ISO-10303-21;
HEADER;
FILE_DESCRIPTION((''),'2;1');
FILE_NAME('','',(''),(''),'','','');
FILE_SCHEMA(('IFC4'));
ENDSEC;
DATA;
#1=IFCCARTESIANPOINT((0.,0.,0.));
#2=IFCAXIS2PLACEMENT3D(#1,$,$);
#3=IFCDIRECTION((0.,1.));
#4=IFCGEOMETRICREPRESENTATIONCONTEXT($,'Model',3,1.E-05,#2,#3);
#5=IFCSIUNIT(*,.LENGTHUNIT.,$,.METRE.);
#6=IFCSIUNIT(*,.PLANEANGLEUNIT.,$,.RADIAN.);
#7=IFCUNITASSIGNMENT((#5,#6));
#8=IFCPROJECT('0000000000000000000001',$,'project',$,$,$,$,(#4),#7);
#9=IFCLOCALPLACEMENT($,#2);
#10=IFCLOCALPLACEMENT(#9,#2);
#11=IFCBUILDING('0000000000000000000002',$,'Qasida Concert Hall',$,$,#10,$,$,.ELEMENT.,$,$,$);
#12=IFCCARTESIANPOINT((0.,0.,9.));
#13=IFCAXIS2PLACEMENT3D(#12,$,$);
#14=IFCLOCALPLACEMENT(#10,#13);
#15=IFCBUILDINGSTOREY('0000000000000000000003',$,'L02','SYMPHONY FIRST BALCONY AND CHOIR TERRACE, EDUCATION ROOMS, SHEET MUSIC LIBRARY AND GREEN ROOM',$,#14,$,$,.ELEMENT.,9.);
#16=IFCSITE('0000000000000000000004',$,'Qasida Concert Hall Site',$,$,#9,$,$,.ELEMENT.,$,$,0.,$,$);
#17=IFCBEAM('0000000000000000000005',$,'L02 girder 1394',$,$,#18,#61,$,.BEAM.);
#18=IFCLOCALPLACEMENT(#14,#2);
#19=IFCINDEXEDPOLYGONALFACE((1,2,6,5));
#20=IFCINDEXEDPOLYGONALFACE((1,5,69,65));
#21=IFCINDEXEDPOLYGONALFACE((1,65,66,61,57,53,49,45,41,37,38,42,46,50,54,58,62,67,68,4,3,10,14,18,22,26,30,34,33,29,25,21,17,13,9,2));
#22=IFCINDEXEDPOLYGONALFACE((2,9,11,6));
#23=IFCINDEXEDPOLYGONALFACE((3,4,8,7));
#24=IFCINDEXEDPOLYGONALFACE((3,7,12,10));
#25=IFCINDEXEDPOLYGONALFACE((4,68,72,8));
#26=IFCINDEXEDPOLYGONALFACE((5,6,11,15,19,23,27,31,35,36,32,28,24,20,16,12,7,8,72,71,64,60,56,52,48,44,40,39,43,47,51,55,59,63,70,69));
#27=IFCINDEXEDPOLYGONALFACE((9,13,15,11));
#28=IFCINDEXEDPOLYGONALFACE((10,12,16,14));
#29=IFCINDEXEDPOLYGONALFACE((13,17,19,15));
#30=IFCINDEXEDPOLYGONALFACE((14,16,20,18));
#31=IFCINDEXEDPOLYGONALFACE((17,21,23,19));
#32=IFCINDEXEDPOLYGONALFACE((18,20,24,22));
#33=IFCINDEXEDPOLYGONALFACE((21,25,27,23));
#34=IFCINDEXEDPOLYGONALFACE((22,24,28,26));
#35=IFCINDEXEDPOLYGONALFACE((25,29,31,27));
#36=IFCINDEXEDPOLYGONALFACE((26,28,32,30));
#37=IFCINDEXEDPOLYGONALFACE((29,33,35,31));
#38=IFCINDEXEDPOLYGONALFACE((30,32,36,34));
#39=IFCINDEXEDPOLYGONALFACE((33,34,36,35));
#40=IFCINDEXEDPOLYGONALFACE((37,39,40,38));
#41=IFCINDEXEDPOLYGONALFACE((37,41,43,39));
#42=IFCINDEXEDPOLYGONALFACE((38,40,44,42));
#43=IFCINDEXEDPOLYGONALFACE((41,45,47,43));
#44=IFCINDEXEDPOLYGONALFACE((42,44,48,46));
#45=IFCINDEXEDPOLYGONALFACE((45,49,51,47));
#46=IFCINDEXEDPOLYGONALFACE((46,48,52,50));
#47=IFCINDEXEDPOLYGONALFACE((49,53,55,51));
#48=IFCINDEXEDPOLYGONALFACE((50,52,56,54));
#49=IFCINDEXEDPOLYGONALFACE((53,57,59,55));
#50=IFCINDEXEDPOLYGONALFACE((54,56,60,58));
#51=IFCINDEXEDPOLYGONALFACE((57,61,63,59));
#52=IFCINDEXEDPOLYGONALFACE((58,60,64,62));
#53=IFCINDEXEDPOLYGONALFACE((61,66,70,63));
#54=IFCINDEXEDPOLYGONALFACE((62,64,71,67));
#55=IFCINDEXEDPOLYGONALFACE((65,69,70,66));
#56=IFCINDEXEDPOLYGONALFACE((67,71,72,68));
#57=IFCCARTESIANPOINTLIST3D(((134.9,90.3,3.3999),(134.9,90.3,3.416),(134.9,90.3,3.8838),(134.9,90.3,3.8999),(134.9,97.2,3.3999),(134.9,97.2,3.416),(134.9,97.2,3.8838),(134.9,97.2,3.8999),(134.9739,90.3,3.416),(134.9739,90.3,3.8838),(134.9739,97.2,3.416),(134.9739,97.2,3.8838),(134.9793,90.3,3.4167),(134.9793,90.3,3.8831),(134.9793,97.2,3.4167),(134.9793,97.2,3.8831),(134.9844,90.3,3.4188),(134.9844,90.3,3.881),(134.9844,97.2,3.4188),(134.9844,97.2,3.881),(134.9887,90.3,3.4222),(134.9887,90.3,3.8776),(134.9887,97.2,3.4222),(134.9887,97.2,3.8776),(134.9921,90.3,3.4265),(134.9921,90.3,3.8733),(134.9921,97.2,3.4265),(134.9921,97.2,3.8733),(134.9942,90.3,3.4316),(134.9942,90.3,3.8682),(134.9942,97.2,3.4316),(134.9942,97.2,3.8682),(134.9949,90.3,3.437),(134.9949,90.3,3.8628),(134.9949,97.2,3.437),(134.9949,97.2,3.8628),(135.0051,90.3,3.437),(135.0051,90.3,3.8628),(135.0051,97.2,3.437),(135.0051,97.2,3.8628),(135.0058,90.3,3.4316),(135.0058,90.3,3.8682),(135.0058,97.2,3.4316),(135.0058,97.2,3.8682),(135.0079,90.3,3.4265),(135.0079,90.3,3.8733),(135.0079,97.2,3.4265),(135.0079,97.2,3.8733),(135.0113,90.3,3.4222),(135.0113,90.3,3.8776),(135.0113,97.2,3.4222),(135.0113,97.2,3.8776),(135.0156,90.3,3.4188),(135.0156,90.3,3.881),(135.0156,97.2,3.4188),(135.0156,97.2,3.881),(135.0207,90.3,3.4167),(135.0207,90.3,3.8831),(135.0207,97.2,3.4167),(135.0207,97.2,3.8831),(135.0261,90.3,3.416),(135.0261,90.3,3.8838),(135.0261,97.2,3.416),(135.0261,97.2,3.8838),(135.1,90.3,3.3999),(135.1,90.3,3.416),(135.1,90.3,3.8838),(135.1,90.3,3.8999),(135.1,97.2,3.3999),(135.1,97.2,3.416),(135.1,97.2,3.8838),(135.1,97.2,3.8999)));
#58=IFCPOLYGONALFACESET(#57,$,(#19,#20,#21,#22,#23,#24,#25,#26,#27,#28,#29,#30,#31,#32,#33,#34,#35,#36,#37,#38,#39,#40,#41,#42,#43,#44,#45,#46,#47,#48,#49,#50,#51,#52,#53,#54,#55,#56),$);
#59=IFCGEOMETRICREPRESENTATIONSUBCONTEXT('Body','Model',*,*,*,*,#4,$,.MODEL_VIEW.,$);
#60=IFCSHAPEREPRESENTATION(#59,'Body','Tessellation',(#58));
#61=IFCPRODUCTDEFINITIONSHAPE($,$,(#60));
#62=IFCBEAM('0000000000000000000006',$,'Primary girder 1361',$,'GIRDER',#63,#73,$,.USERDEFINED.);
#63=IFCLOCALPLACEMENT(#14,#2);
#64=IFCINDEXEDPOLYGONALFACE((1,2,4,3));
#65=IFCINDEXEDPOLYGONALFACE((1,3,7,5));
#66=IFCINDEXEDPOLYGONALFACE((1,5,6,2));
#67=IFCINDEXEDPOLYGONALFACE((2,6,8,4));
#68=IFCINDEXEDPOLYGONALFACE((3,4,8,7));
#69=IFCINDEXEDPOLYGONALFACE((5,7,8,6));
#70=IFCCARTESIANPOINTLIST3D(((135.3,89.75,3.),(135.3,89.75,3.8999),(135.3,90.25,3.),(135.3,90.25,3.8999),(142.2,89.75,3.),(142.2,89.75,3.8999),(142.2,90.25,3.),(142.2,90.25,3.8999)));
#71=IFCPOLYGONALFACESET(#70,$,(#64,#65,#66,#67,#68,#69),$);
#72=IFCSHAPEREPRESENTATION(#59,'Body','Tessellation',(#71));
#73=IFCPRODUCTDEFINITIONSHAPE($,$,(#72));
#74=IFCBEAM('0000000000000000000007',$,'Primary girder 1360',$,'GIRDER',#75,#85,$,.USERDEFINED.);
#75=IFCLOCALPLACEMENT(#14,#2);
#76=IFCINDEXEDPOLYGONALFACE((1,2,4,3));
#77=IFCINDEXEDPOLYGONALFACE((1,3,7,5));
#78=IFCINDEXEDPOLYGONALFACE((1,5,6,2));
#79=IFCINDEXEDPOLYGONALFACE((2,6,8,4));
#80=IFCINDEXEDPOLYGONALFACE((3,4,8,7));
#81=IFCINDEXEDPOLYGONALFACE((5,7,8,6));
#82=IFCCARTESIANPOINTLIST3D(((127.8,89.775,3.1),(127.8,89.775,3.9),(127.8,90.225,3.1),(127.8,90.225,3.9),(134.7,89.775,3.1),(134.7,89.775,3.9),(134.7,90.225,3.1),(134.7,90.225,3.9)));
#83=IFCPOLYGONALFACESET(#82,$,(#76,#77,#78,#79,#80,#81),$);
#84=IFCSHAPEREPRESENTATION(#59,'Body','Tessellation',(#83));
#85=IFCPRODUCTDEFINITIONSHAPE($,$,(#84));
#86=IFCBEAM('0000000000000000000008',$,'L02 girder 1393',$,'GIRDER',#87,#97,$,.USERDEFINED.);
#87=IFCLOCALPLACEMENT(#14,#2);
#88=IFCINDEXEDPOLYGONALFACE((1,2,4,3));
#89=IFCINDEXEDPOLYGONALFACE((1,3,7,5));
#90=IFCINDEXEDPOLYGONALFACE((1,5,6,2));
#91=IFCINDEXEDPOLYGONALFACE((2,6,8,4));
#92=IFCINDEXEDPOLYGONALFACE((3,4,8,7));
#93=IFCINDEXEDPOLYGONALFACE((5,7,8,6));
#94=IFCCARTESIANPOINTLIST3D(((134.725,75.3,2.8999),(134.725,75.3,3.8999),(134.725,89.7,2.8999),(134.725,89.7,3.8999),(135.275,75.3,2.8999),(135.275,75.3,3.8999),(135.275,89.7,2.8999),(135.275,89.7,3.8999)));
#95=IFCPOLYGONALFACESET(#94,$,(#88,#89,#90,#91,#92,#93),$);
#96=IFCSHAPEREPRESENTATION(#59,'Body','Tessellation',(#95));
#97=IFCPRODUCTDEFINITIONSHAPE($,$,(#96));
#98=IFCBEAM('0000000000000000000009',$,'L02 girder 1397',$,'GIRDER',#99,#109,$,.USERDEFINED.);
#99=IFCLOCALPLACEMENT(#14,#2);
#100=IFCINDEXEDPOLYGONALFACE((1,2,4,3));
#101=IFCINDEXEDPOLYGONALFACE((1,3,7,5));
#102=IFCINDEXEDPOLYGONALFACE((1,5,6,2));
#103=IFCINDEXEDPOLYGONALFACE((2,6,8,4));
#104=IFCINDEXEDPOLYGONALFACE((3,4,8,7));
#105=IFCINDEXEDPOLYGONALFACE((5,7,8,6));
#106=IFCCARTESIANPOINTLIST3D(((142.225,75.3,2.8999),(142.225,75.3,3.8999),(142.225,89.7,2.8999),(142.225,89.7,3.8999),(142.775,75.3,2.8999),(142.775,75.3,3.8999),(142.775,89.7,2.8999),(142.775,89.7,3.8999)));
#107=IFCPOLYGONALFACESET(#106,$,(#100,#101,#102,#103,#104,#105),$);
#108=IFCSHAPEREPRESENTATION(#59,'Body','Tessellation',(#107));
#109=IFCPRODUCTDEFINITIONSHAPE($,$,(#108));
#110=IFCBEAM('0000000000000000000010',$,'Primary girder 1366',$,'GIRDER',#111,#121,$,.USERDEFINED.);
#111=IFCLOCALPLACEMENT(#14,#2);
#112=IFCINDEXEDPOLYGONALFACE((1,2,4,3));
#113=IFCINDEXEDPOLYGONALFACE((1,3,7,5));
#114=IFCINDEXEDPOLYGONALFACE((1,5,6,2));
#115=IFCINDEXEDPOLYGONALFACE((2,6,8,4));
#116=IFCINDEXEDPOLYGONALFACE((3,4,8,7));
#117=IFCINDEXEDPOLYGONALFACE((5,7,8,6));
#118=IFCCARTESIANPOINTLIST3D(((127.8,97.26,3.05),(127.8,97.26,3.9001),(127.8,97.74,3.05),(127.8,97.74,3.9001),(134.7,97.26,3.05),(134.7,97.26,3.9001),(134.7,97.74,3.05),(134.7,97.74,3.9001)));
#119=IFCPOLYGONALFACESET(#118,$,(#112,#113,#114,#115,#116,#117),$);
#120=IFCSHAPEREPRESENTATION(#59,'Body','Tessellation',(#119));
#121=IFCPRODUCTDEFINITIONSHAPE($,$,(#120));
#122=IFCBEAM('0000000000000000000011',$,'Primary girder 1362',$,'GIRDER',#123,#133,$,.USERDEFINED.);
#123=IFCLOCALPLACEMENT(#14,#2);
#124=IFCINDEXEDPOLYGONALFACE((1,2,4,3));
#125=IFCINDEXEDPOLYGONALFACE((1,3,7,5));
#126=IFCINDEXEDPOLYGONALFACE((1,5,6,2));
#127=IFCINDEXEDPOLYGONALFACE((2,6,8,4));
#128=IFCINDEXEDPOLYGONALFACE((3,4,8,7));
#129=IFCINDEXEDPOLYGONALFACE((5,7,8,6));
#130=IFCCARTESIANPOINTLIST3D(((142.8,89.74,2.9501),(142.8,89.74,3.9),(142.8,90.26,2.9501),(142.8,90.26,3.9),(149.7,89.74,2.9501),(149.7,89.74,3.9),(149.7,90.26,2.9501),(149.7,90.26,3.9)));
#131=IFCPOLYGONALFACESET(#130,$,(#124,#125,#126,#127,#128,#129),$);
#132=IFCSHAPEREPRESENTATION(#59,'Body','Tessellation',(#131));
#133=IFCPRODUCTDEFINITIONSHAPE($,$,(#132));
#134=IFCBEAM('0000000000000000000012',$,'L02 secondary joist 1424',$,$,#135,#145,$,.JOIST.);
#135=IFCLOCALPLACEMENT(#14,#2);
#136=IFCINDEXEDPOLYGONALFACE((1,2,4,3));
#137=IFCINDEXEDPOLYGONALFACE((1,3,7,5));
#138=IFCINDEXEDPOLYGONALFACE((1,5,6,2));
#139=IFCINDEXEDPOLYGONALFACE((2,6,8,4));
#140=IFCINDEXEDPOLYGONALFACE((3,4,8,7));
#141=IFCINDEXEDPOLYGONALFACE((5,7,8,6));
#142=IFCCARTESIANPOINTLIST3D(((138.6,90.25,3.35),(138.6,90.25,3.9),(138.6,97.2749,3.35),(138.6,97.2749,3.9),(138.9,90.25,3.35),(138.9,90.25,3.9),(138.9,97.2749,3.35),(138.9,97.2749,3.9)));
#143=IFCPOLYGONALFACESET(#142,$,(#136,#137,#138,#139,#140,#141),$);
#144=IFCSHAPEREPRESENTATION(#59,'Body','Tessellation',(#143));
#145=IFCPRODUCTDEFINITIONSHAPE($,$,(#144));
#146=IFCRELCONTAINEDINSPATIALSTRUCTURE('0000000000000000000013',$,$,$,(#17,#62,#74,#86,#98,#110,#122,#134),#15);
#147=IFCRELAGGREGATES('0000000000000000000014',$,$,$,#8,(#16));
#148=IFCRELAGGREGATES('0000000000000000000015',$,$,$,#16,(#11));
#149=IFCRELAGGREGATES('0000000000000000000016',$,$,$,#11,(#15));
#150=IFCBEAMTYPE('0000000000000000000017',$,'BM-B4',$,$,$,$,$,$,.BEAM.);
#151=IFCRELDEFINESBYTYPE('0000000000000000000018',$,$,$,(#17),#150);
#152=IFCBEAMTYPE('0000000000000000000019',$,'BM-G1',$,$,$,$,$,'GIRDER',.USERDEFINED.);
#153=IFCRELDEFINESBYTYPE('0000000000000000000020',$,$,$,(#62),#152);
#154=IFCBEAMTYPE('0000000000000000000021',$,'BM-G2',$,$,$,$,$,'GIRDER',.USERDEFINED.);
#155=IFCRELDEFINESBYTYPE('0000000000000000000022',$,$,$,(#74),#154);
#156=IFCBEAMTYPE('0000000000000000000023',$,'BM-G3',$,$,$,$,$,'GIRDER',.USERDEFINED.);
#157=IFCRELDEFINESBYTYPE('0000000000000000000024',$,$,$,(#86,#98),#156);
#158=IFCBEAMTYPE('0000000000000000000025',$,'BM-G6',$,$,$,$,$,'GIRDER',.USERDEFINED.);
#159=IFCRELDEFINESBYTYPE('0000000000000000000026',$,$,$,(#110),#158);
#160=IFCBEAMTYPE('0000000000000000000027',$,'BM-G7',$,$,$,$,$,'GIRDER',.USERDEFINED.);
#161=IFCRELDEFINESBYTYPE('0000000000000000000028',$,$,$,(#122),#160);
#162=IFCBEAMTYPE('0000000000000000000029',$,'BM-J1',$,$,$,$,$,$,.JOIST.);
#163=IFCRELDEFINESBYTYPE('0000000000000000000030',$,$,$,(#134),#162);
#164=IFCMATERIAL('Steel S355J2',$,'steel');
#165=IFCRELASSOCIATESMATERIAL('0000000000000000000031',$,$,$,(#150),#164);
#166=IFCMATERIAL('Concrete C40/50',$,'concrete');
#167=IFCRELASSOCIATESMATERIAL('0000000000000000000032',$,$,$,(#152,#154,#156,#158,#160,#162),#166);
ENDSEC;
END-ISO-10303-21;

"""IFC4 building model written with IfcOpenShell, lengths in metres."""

from ifc_helpers import new_model, si_unit, direction, frame, origin, origin_2d, place, context, subcontext, project, spatial, rectangle, i_section, extrude, material, material_profile, profile_set, type_object, element, save


model = new_model("IFC4")

# Units and contexts
model_context = context("Model", 3, precision=1e-05, world=origin(), true_north=direction((0.0, 1.0)))
body_context = subcontext(model_context, "Body", "Model", "MODEL_VIEW")
ifc_project = project(units=[si_unit("LENGTHUNIT", "METRE"), si_unit("PLANEANGLEUNIT", "RADIAN")], contexts=[model_context])

# Site, building, storey
site_placement = place(None, origin())
site = spatial("IfcSite", under=ifc_project, at=site_placement, Name="Qasida Concert Hall Site", CompositionType="ELEMENT", RefElevation=0.0)
building_placement = place(site_placement, origin())
building = spatial("IfcBuilding", under=site, at=building_placement, Name="Qasida Concert Hall", CompositionType="ELEMENT")
storey_placement = place(building_placement, frame((0.0, 0.0, 9.0)))
storey = spatial("IfcBuildingStorey", under=building, at=storey_placement, Name="L02", Description="SYMPHONY FIRST BALCONY AND CHOIR TERRACE, EDUCATION ROOMS, SHEET MUSIC LIBRARY AND GREEN ROOM", CompositionType="ELEMENT", Elevation=9.0)

# Beams
ifc_material_1 = material(Name="Concrete C40/50", Category="concrete")
ifc_material_2 = material(Name="Steel S355J2", Category="steel")
ifc_material_profile_1 = material_profile(ifc_material_2, i_section(OverallWidth=0.2, OverallDepth=0.5, WebThickness=0.0103, FlangeThickness=0.0161, FilletRadius=0.021, at=origin_2d()), Name="IPE 500")
ifc_profile_set_1 = profile_set([ifc_material_profile_1], Name="Steel S355J2")
beam_type_1 = type_object("IfcBeamType", Name="BM-B4", PredefinedType="BEAM", material=ifc_profile_set_1)
beam_1_placement = place(storey_placement, frame((135.0, 90.3, 3.6499), z_axis=(0.0, 1.0, 0.0), x_axis=(-1.0, 0.0, 0.0)))
element("IfcBeam", 1, at=beam_1_placement, inside=storey, type_object=beam_type_1, Name="L02 girder 1394", PredefinedType="BEAM", context=body_context, shape_type="SweptSolid", body=[
    extrude(i_section(OverallWidth=0.2, OverallDepth=0.5, WebThickness=0.0103, FlangeThickness=0.0161, FilletRadius=0.021, at=origin_2d()), origin(), (0.0, 0.0, 1.0), 6.8999),
])
ifc_material_profile_2 = material_profile(ifc_material_1, rectangle(XDim=0.5, YDim=0.8999, at=origin_2d()), Name="RC 500x900")
ifc_profile_set_2 = profile_set([ifc_material_profile_2], Name="Concrete C40/50")
beam_type_2 = type_object("IfcBeamType", Name="BM-G1", ElementType="GIRDER", PredefinedType="USERDEFINED", material=ifc_profile_set_2)
beam_2_placement = place(storey_placement, frame((135.3, 90.0, 3.45), z_axis=(1.0, 0.0, 0.0), x_axis=(0.0, 1.0, 0.0)))
element("IfcBeam", 2, at=beam_2_placement, inside=storey, type_object=beam_type_2, Name="Primary girder 1361", ObjectType="GIRDER", PredefinedType="USERDEFINED", context=body_context, shape_type="SweptSolid", body=[
    extrude(rectangle(XDim=0.5, YDim=0.8999, at=origin_2d()), origin(), (0.0, 0.0, 1.0), 6.8999),
])
ifc_material_profile_3 = material_profile(ifc_material_1, rectangle(XDim=0.45, YDim=0.8, at=origin_2d()), Name="RC 450x800")
ifc_profile_set_3 = profile_set([ifc_material_profile_3], Name="Concrete C40/50")
beam_type_3 = type_object("IfcBeamType", Name="BM-G2", ElementType="GIRDER", PredefinedType="USERDEFINED", material=ifc_profile_set_3)
beam_3_placement = place(storey_placement, frame((127.8, 90.0, 3.5), z_axis=(1.0, 0.0, 0.0), x_axis=(0.0, 1.0, 0.0)))
element("IfcBeam", 3, at=beam_3_placement, inside=storey, type_object=beam_type_3, Name="Primary girder 1360", ObjectType="GIRDER", PredefinedType="USERDEFINED", context=body_context, shape_type="SweptSolid", body=[
    extrude(rectangle(XDim=0.45, YDim=0.8, at=origin_2d()), origin(), (0.0, 0.0, 1.0), 6.8999),
])
ifc_material_profile_4 = material_profile(ifc_material_1, rectangle(XDim=0.55, YDim=1.0, at=origin_2d()), Name="RC 550x1000")
ifc_profile_set_4 = profile_set([ifc_material_profile_4], Name="Concrete C40/50")
beam_type_4 = type_object("IfcBeamType", Name="BM-G3", ElementType="GIRDER", PredefinedType="USERDEFINED", material=ifc_profile_set_4)
for number, where, z_axis, x_axis, name in (
    (4, (135.0, 75.3, 3.3999), (0.0, 1.0, 0.0), (-1.0, 0.0, 0.0), "L02 girder 1393"),
    (5, (142.5, 75.3, 3.3999), (0.0, 1.0, 0.0), (-1.0, 0.0, 0.0), "L02 girder 1397"),
):
    element("IfcBeam", number, at=place(storey_placement, frame(where, z_axis=z_axis, x_axis=x_axis)), inside=storey, type_object=beam_type_4, Name=name, ObjectType="GIRDER", PredefinedType="USERDEFINED", context=body_context, shape_type="SweptSolid", body=[
        extrude(rectangle(XDim=0.55, YDim=1.0, at=origin_2d()), origin(), (0.0, 0.0, 1.0), 14.3999),
    ])
ifc_material_profile_5 = material_profile(ifc_material_1, rectangle(XDim=0.48, YDim=0.8501, at=origin_2d()), Name="RC 480x850")
ifc_profile_set_5 = profile_set([ifc_material_profile_5], Name="Concrete C40/50")
beam_type_5 = type_object("IfcBeamType", Name="BM-G6", ElementType="GIRDER", PredefinedType="USERDEFINED", material=ifc_profile_set_5)
beam_4_placement = place(storey_placement, frame((127.8, 97.5, 3.4751), z_axis=(1.0, 0.0, 0.0), x_axis=(0.0, 1.0, 0.0)))
element("IfcBeam", 6, at=beam_4_placement, inside=storey, type_object=beam_type_5, Name="Primary girder 1366", ObjectType="GIRDER", PredefinedType="USERDEFINED", context=body_context, shape_type="SweptSolid", body=[
    extrude(rectangle(XDim=0.48, YDim=0.8501, at=origin_2d()), origin(), (0.0, 0.0, 1.0), 6.8999),
])
ifc_material_profile_6 = material_profile(ifc_material_1, rectangle(XDim=0.52, YDim=0.95, at=origin_2d()), Name="RC 520x950")
ifc_profile_set_6 = profile_set([ifc_material_profile_6], Name="Concrete C40/50")
beam_type_6 = type_object("IfcBeamType", Name="BM-G7", ElementType="GIRDER", PredefinedType="USERDEFINED", material=ifc_profile_set_6)
beam_5_placement = place(storey_placement, frame((142.8, 90.0, 3.425), z_axis=(1.0, 0.0, 0.0), x_axis=(0.0, 1.0, 0.0)))
element("IfcBeam", 7, at=beam_5_placement, inside=storey, type_object=beam_type_6, Name="Primary girder 1362", ObjectType="GIRDER", PredefinedType="USERDEFINED", context=body_context, shape_type="SweptSolid", body=[
    extrude(rectangle(XDim=0.52, YDim=0.95, at=origin_2d()), origin(), (0.0, 0.0, 1.0), 6.8999),
])
ifc_material_profile_7 = material_profile(ifc_material_1, rectangle(XDim=0.3, YDim=0.55, at=origin_2d()), Name="RC 300x550")
ifc_profile_set_7 = profile_set([ifc_material_profile_7], Name="Concrete C40/50")
beam_type_7 = type_object("IfcBeamType", Name="BM-J1", PredefinedType="JOIST", material=ifc_profile_set_7)
beam_6_placement = place(storey_placement, frame((138.75, 90.25, 3.625), z_axis=(0.0, 1.0, 0.0), x_axis=(-1.0, 0.0, 0.0)))
element("IfcBeam", 8, at=beam_6_placement, inside=storey, type_object=beam_type_7, Name="L02 secondary joist 1424", PredefinedType="JOIST", context=body_context, shape_type="SweptSolid", body=[
    extrude(rectangle(XDim=0.3, YDim=0.55, at=origin_2d()), origin(), (0.0, 0.0, 1.0), 7.0249),
])

save(model, "model.ifc")
